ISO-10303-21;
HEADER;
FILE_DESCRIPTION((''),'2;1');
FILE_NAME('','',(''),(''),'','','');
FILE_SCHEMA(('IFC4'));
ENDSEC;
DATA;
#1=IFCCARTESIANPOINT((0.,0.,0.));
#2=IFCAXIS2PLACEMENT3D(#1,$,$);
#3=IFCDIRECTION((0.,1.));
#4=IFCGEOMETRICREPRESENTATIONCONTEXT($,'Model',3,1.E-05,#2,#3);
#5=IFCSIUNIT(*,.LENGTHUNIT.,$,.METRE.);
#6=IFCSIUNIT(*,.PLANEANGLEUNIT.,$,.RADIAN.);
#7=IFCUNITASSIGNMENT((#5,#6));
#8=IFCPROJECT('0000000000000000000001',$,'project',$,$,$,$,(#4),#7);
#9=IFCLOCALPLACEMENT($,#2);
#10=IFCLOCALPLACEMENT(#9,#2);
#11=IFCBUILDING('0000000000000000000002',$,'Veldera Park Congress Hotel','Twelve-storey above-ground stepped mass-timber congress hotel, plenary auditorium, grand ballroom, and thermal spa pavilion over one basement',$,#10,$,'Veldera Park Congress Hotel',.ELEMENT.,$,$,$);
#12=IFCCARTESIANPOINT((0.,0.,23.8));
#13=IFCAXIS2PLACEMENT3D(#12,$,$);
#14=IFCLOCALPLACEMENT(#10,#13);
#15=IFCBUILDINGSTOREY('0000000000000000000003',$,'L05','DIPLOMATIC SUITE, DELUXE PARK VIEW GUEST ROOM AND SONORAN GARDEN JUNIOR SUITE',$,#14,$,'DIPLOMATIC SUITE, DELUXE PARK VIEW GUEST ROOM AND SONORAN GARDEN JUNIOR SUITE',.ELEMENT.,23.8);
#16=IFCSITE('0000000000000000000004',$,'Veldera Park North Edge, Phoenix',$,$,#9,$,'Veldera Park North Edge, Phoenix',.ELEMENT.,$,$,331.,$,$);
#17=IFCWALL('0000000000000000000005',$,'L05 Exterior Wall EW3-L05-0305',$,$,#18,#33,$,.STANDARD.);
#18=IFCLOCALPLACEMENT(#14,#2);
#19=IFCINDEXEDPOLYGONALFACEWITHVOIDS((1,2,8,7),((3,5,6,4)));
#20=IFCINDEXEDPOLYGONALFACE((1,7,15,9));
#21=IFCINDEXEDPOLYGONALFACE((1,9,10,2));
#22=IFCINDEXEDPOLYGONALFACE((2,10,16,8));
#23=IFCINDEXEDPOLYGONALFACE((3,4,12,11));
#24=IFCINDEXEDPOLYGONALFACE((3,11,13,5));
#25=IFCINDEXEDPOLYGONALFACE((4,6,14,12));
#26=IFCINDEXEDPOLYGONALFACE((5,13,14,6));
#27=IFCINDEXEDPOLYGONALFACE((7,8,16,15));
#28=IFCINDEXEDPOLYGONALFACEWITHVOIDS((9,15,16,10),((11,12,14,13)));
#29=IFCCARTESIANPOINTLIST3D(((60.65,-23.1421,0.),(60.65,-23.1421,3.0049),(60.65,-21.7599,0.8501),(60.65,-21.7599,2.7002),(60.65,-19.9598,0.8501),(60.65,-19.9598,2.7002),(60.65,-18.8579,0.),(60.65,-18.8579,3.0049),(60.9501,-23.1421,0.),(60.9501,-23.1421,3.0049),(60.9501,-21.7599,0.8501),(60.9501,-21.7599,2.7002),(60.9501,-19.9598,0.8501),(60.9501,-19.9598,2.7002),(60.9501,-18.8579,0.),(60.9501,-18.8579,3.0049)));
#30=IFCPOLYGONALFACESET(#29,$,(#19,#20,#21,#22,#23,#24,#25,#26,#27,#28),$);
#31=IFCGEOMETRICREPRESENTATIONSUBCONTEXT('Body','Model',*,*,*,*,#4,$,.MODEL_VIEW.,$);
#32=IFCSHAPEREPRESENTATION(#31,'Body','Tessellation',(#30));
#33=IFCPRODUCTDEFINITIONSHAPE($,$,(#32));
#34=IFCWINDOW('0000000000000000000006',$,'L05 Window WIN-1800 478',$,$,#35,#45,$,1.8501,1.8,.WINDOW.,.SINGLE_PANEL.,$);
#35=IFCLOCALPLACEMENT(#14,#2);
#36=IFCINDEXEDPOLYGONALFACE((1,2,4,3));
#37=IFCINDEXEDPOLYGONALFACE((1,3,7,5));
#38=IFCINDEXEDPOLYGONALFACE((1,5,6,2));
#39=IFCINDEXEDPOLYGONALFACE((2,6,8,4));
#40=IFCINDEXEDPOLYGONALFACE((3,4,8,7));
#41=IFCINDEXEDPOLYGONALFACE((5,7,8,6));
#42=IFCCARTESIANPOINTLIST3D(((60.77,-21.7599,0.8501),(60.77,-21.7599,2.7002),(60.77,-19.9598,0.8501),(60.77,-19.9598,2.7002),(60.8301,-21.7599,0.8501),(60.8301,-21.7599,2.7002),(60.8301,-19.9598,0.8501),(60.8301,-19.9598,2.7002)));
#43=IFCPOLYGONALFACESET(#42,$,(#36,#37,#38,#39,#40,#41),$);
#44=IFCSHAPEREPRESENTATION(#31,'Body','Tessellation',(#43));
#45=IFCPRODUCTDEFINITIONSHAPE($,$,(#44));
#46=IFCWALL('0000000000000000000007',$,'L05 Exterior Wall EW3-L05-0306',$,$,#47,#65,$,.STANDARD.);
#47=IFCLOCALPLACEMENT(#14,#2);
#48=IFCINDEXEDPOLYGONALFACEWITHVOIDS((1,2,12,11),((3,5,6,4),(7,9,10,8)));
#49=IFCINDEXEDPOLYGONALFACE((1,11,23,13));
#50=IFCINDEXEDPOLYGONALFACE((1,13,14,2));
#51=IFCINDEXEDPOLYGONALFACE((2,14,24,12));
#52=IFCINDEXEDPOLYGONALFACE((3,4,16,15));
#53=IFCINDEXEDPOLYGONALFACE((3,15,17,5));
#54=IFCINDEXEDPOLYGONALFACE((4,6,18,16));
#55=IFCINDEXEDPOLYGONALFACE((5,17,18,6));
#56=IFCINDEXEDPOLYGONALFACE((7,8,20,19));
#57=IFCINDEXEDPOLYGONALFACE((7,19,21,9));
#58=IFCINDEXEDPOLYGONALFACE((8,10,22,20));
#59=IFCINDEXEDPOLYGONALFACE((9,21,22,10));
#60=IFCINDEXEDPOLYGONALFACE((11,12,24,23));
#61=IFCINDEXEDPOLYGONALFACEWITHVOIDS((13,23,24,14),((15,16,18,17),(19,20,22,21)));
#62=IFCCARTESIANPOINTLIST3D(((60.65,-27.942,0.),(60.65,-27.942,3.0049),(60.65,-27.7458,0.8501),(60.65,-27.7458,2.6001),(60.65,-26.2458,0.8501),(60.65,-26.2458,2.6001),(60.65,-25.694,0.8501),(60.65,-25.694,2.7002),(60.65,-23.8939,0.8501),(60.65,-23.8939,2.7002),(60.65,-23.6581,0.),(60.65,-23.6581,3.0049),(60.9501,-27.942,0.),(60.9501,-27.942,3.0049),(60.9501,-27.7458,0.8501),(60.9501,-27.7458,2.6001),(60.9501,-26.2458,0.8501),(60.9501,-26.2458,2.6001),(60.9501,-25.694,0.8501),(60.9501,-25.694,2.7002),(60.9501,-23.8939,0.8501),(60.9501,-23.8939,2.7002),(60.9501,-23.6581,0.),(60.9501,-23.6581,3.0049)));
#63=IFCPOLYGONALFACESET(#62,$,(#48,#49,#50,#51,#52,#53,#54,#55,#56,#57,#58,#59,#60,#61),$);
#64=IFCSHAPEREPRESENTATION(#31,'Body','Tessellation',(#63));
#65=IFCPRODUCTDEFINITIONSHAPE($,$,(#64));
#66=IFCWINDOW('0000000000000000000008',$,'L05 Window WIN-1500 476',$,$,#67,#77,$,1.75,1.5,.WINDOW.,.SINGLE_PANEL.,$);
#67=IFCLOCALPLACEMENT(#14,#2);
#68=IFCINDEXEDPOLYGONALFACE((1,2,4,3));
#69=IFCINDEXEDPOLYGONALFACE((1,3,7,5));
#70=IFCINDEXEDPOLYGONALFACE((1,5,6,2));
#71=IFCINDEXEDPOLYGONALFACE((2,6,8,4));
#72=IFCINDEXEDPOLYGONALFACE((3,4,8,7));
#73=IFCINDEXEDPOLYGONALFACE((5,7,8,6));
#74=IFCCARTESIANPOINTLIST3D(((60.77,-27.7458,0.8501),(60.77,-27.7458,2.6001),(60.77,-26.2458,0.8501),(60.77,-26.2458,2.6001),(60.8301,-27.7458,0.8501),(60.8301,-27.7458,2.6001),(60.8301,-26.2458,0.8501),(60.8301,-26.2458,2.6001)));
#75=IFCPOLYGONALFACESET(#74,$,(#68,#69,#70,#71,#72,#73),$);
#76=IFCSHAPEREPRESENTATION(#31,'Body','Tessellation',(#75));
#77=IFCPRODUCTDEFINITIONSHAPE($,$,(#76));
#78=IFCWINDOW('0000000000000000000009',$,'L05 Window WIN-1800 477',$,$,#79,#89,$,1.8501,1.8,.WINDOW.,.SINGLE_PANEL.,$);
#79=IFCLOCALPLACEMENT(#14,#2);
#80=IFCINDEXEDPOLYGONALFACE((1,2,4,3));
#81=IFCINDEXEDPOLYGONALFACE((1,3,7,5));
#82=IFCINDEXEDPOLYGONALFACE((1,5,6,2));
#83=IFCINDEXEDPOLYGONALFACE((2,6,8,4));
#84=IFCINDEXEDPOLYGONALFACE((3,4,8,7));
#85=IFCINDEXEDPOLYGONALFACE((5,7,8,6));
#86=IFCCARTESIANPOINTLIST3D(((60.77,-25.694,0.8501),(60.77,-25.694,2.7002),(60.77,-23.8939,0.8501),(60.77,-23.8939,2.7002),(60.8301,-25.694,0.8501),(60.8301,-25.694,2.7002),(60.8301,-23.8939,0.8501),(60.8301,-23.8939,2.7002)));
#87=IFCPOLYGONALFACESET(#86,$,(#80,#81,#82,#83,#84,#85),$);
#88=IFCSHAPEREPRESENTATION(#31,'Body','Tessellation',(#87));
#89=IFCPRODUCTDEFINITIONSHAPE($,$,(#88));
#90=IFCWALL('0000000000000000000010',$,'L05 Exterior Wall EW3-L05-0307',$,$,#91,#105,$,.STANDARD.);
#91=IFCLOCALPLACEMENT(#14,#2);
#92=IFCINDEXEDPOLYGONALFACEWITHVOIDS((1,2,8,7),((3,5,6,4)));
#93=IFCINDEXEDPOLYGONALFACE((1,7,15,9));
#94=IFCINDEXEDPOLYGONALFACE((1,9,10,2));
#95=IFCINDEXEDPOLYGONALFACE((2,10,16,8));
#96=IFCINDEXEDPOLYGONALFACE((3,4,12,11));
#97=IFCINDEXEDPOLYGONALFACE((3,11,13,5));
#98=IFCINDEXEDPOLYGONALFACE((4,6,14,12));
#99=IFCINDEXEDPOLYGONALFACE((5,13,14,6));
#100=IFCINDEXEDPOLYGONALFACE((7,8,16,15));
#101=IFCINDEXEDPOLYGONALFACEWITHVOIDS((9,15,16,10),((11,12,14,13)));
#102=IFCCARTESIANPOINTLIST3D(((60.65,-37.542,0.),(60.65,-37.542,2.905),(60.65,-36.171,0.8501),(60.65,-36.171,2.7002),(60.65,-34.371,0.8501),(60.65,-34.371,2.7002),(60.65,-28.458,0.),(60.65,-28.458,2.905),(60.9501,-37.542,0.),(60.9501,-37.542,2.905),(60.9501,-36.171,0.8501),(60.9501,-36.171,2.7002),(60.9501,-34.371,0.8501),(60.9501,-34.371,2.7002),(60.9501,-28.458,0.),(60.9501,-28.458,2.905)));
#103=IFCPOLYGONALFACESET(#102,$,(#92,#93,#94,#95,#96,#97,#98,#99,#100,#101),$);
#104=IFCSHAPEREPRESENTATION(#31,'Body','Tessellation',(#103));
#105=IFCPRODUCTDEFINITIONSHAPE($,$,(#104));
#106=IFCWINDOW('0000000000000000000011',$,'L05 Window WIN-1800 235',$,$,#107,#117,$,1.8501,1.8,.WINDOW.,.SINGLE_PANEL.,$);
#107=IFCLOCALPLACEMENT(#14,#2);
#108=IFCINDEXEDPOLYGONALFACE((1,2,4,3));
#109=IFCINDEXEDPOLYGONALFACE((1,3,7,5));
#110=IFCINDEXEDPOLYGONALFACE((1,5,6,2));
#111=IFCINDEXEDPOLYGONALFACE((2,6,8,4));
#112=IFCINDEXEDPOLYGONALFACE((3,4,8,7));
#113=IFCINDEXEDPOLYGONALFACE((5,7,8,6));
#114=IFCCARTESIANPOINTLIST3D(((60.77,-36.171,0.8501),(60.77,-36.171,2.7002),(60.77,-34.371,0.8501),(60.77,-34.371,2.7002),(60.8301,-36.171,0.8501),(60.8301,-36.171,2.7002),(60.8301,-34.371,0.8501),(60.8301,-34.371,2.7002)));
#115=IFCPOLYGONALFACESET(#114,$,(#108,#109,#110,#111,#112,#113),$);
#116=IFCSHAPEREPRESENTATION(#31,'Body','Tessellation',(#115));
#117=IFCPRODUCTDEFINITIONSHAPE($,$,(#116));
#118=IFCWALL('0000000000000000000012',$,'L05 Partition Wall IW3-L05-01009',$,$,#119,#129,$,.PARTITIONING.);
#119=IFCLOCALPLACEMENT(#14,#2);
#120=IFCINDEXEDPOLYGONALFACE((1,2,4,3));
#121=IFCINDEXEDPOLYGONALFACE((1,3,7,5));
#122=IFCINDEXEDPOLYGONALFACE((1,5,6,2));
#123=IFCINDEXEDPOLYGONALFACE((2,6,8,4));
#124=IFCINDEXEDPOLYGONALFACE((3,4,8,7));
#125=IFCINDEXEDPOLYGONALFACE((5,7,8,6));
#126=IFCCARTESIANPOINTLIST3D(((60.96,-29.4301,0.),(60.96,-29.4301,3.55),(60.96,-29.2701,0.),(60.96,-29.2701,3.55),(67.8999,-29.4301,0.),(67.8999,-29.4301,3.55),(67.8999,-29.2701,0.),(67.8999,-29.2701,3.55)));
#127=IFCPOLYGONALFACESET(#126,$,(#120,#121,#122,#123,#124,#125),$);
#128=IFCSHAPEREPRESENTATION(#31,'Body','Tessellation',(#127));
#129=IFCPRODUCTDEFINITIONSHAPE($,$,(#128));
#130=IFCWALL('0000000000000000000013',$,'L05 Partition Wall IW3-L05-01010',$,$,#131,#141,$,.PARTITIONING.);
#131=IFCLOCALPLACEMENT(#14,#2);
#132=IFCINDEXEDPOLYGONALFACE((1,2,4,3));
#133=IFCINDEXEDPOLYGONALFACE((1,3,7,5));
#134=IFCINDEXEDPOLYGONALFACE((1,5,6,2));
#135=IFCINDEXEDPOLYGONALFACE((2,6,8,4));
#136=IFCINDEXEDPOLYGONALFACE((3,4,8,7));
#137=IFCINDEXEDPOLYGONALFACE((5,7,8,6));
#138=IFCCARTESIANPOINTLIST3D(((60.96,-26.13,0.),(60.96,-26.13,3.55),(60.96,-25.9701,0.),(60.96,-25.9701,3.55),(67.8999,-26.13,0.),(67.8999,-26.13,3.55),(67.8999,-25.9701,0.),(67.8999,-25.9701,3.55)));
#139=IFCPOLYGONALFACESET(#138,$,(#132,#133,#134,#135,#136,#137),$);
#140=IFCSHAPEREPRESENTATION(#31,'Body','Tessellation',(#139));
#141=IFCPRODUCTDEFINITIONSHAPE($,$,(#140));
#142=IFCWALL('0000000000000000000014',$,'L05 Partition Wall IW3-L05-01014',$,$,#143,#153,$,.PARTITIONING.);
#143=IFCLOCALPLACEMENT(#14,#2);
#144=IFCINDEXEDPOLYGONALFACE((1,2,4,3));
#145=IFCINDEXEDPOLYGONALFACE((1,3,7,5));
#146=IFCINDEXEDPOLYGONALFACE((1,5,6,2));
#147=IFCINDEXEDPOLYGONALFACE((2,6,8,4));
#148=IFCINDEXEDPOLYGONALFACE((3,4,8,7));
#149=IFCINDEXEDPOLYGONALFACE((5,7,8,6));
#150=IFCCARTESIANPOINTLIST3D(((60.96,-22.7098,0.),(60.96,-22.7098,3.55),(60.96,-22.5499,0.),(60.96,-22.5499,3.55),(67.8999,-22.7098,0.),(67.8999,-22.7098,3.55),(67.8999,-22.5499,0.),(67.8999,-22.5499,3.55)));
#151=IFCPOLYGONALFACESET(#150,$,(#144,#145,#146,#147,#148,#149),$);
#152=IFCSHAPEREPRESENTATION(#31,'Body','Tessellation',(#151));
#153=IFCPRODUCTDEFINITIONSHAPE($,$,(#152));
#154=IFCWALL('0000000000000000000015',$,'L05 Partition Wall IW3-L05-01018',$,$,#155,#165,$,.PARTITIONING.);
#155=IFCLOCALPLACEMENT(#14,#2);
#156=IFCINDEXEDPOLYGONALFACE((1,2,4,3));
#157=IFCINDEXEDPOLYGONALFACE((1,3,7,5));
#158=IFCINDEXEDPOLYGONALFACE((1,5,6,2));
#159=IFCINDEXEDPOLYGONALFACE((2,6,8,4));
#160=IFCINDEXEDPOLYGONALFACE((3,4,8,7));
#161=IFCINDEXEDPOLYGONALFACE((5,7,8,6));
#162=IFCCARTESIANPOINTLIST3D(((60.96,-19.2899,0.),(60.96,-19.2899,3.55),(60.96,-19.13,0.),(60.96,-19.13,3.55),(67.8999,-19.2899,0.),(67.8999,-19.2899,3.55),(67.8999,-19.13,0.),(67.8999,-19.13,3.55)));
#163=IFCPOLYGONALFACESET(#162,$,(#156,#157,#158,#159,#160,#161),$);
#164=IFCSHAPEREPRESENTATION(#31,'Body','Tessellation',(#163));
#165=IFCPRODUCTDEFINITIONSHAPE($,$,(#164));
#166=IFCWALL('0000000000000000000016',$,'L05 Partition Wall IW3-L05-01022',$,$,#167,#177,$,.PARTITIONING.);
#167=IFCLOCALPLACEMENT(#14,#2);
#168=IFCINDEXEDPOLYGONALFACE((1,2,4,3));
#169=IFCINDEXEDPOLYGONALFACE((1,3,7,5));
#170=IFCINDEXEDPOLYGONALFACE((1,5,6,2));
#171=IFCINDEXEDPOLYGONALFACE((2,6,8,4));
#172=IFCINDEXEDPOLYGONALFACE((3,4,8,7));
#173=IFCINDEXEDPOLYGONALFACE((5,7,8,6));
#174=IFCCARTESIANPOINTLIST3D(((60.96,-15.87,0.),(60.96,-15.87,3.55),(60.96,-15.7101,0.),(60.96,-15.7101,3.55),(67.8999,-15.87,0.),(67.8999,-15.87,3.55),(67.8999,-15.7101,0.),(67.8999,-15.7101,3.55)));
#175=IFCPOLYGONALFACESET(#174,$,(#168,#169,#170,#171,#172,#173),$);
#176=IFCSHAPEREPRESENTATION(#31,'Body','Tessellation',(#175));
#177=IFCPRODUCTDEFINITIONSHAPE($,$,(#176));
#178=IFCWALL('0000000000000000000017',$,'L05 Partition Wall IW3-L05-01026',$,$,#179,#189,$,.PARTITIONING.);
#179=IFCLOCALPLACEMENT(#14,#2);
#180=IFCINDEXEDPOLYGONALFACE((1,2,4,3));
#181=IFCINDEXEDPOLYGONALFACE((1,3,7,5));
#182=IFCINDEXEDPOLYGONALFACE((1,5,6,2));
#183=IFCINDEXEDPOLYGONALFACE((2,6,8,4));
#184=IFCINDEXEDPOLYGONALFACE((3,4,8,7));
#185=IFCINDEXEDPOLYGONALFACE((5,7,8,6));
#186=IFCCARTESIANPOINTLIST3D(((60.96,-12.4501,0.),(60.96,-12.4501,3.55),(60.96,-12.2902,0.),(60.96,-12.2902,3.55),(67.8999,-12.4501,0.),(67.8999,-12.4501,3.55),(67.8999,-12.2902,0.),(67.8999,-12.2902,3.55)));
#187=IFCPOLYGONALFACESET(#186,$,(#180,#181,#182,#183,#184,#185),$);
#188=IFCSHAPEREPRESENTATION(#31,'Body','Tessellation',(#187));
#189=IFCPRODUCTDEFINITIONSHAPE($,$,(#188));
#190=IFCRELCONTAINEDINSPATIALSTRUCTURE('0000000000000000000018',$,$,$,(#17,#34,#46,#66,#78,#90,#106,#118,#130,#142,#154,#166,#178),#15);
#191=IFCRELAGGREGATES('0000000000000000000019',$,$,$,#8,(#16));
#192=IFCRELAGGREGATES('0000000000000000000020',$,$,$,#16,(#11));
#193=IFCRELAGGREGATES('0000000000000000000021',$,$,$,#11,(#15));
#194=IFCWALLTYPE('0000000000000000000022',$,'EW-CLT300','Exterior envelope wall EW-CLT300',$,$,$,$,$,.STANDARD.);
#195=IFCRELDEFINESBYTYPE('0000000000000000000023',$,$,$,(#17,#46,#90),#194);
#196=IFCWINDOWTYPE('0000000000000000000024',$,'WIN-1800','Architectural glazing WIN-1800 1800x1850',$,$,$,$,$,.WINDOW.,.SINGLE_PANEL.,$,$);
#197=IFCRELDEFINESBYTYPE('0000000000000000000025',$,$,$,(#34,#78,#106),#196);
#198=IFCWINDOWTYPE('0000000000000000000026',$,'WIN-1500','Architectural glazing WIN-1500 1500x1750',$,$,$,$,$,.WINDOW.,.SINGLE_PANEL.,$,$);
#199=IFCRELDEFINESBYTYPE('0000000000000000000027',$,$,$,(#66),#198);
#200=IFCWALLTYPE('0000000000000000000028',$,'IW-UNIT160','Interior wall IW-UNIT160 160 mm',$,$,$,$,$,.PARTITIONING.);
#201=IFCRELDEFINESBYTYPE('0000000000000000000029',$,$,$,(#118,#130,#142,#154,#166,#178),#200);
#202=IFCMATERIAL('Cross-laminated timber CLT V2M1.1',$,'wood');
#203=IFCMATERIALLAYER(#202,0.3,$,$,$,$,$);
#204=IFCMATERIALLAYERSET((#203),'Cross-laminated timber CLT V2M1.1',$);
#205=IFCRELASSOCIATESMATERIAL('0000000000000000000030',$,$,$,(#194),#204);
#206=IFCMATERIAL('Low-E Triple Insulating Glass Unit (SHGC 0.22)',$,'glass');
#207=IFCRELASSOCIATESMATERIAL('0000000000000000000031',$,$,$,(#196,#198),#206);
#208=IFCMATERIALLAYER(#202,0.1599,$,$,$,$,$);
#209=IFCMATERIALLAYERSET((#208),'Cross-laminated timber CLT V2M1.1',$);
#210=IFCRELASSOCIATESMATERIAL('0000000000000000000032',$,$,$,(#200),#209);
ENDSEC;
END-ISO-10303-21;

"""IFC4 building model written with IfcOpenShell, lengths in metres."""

from ifc_helpers import new_model, si_unit, direction, frame, frame_2d, origin, place, context, subcontext, project, spatial, rectangle, extrude, material, layer, layer_set, type_object, element, fill, save


model = new_model("IFC4")

# Units and contexts
model_context = context("Model", 3, precision=1e-05, world=origin(), true_north=direction((0.0, 1.0)))
body_context = subcontext(model_context, "Body", "Model", "MODEL_VIEW")
ifc_project = project(units=[si_unit("LENGTHUNIT", "METRE"), si_unit("PLANEANGLEUNIT", "RADIAN")], contexts=[model_context])

# Site, building, storey
site_placement = place(None, origin())
site = spatial("IfcSite", under=ifc_project, at=site_placement, Name="Veldera Park North Edge, Phoenix", LongName="Veldera Park North Edge, Phoenix", CompositionType="ELEMENT", RefElevation=331.0)
building_placement = place(site_placement, origin())
building = spatial("IfcBuilding", under=site, at=building_placement, Name="Veldera Park Congress Hotel", Description="Twelve-storey above-ground stepped mass-timber congress hotel, plenary auditorium, grand ballroom, and thermal spa pavilion over one basement", LongName="Veldera Park Congress Hotel", CompositionType="ELEMENT")
storey_placement = place(building_placement, frame((0.0, 0.0, 23.8)))
storey = spatial("IfcBuildingStorey", under=building, at=storey_placement, Name="L05", Description="DIPLOMATIC SUITE, DELUXE PARK VIEW GUEST ROOM AND SONORAN GARDEN JUNIOR SUITE", LongName="DIPLOMATIC SUITE, DELUXE PARK VIEW GUEST ROOM AND SONORAN GARDEN JUNIOR SUITE", CompositionType="ELEMENT", Elevation=23.8)

# Shared definitions
ifc_material_1 = material(Name="Cross-laminated timber CLT V2M1.1", Category="wood")
ifc_layer_1 = layer(ifc_material_1, 0.3)
ifc_layer_set_1 = layer_set([ifc_layer_1], Name="Cross-laminated timber CLT V2M1.1")
wall_type_1 = type_object("IfcWallType", Name="EW-CLT300", Description="Exterior envelope wall EW-CLT300", PredefinedType="STANDARD", material=ifc_layer_set_1)
ifc_material_2 = material(Name="Low-E Triple Insulating Glass Unit (SHGC 0.22)", Category="glass")
window_type_1 = type_object("IfcWindowType", Name="WIN-1800", Description="Architectural glazing WIN-1800 1800x1850", PartitioningType="SINGLE_PANEL", PredefinedType="WINDOW", material=ifc_material_2)

# Wall, opening, window
wall_1_placement = place(storey_placement, frame((60.8, -18.8579, 0.0), z_axis=(0.0, 0.0, 1.0), x_axis=(0.0, -1.0, 0.0)))
wall_1 = element("IfcWall", 1, at=wall_1_placement, inside=storey, type_object=wall_type_1, Name="L05 Exterior Wall EW3-L05-0305", PredefinedType="STANDARD", context=body_context, shape_type="SweptSolid", body=[
    extrude(rectangle(XDim=4.2842, YDim=0.3, at=frame_2d((2.1421, 0.0))), origin(), (0.0, 0.0, 1.0), 3.0049),
])
opening_1_placement = place(wall_1_placement, frame((1.1021, 0.0, 0.8501)))
opening_1 = element("IfcOpeningElement", 2, at=opening_1_placement, cuts=wall_1, PredefinedType="OPENING", context=body_context, shape_type="SweptSolid", body=[
    extrude(rectangle(XDim=1.8, YDim=1.8501, at=frame_2d((0.8999, 0.925))), frame((0.0, 0.1621, 0.0), z_axis=(0.0, -1.0, 0.0), x_axis=(1.0, 0.0, 0.0)), (0.0, 0.0, 1.0), 0.324),
])
window_1_placement = place(opening_1_placement, origin())
window_1 = element("IfcWindow", 3, at=window_1_placement, inside=storey, type_object=window_type_1, Name="L05 Window WIN-1800 478", OverallHeight=1.8501, OverallWidth=1.8, PartitioningType="SINGLE_PANEL", PredefinedType="WINDOW", context=body_context, shape_type="SweptSolid", body=[
    extrude(rectangle(XDim=1.8, YDim=1.8501, at=frame_2d((0.8999, 0.925))), frame((0.0, 0.03, 0.0), z_axis=(0.0, -1.0, 0.0), x_axis=(1.0, 0.0, 0.0)), (0.0, 0.0, 1.0), 0.0601),
])
fill(opening_1, window_1)

# Wall, openings, windows
wall_2_placement = place(storey_placement, frame((60.8, -23.658, 0.0), z_axis=(0.0, 0.0, 1.0), x_axis=(0.0, -1.0, 0.0)))
wall_2 = element("IfcWall", 4, at=wall_2_placement, inside=storey, type_object=wall_type_1, Name="L05 Exterior Wall EW3-L05-0306", PredefinedType="STANDARD", context=body_context, shape_type="SweptSolid", body=[
    extrude(rectangle(XDim=4.2839, YDim=0.3, at=frame_2d((2.1421, 0.0))), origin(), (0.0, 0.0, 1.0), 3.0049),
])
opening_2_placement = place(wall_2_placement, frame((2.5879, 0.0, 0.8501)))
opening_2 = element("IfcOpeningElement", 5, at=opening_2_placement, cuts=wall_2, PredefinedType="OPENING", context=body_context, shape_type="SweptSolid", body=[
    extrude(rectangle(XDim=1.5, YDim=1.75, at=frame_2d((0.75, 0.875))), frame((0.0, 0.1621, 0.0), z_axis=(0.0, -1.0, 0.0), x_axis=(1.0, 0.0, 0.0)), (0.0, 0.0, 1.0), 0.324),
])
opening_3_placement = place(wall_2_placement, frame((0.2361, 0.0, 0.8501)))
opening_3 = element("IfcOpeningElement", 6, at=opening_3_placement, cuts=wall_2, PredefinedType="OPENING", context=body_context, shape_type="SweptSolid", body=[
    extrude(rectangle(XDim=1.8, YDim=1.8501, at=frame_2d((0.8999, 0.925))), frame((0.0, 0.1621, 0.0), z_axis=(0.0, -1.0, 0.0), x_axis=(1.0, 0.0, 0.0)), (0.0, 0.0, 1.0), 0.324),
])
window_type_2 = type_object("IfcWindowType", Name="WIN-1500", Description="Architectural glazing WIN-1500 1500x1750", PartitioningType="SINGLE_PANEL", PredefinedType="WINDOW", material=ifc_material_2)
window_2_placement = place(opening_2_placement, origin())
window_2 = element("IfcWindow", 7, at=window_2_placement, inside=storey, type_object=window_type_2, Name="L05 Window WIN-1500 476", OverallHeight=1.75, OverallWidth=1.5, PartitioningType="SINGLE_PANEL", PredefinedType="WINDOW", context=body_context, shape_type="SweptSolid", body=[
    extrude(rectangle(XDim=1.5, YDim=1.75, at=frame_2d((0.75, 0.875))), frame((0.0, 0.03, 0.0), z_axis=(0.0, -1.0, 0.0), x_axis=(1.0, 0.0, 0.0)), (0.0, 0.0, 1.0), 0.0601),
])
fill(opening_2, window_2)
window_3_placement = place(opening_3_placement, origin())
window_3 = element("IfcWindow", 8, at=window_3_placement, inside=storey, type_object=window_type_1, Name="L05 Window WIN-1800 477", OverallHeight=1.8501, OverallWidth=1.8, PartitioningType="SINGLE_PANEL", PredefinedType="WINDOW", context=body_context, shape_type="SweptSolid", body=[
    extrude(rectangle(XDim=1.8, YDim=1.8501, at=frame_2d((0.8999, 0.925))), frame((0.0, 0.03, 0.0), z_axis=(0.0, -1.0, 0.0), x_axis=(1.0, 0.0, 0.0)), (0.0, 0.0, 1.0), 0.0601),
])
fill(opening_3, window_3)

# Wall, opening, window
wall_3_placement = place(storey_placement, frame((60.8, -28.458, 0.0), z_axis=(0.0, 0.0, 1.0), x_axis=(0.0, -1.0, 0.0)))
wall_3 = element("IfcWall", 9, at=wall_3_placement, inside=storey, type_object=wall_type_1, Name="L05 Exterior Wall EW3-L05-0307", PredefinedType="STANDARD", context=body_context, shape_type="SweptSolid", body=[
    extrude(rectangle(XDim=9.084, YDim=0.3, at=frame_2d((4.542, 0.0))), origin(), (0.0, 0.0, 1.0), 2.905),
])
opening_4_placement = place(wall_3_placement, frame((5.9131, 0.0, 0.8501)))
opening_4 = element("IfcOpeningElement", 10, at=opening_4_placement, cuts=wall_3, PredefinedType="OPENING", context=body_context, shape_type="SweptSolid", body=[
    extrude(rectangle(XDim=1.8, YDim=1.8501, at=frame_2d((0.8999, 0.925))), frame((0.0, 0.1621, 0.0), z_axis=(0.0, -1.0, 0.0), x_axis=(1.0, 0.0, 0.0)), (0.0, 0.0, 1.0), 0.324),
])
window_4_placement = place(opening_4_placement, origin())
window_4 = element("IfcWindow", 11, at=window_4_placement, inside=storey, type_object=window_type_1, Name="L05 Window WIN-1800 235", OverallHeight=1.8501, OverallWidth=1.8, PartitioningType="SINGLE_PANEL", PredefinedType="WINDOW", context=body_context, shape_type="SweptSolid", body=[
    extrude(rectangle(XDim=1.8, YDim=1.8501, at=frame_2d((0.8999, 0.925))), frame((0.0, 0.03, 0.0), z_axis=(0.0, -1.0, 0.0), x_axis=(1.0, 0.0, 0.0)), (0.0, 0.0, 1.0), 0.0601),
])
fill(opening_4, window_4)

# Walls
ifc_layer_2 = layer(ifc_material_1, 0.1599)
ifc_layer_set_2 = layer_set([ifc_layer_2], Name="Cross-laminated timber CLT V2M1.1")
wall_type_2 = type_object("IfcWallType", Name="IW-UNIT160", Description="Interior wall IW-UNIT160 160 mm", PredefinedType="PARTITIONING", material=ifc_layer_set_2)
for number, where, z_axis, x_axis, name in (
    (12, (60.96, -29.3501, 0.0), (0.0, 0.0, 1.0), (1.0, 0.0, 0.0), "L05 Partition Wall IW3-L05-01009"),
    (13, (60.96, -26.05, 0.0), (0.0, 0.0, 1.0), (1.0, 0.0, 0.0), "L05 Partition Wall IW3-L05-01010"),
    (14, (60.96, -22.6299, 0.0), (0.0, 0.0, 1.0), (1.0, 0.0, 0.0), "L05 Partition Wall IW3-L05-01014"),
    (15, (60.96, -19.21, 0.0), (0.0, 0.0, 1.0), (1.0, 0.0, 0.0), "L05 Partition Wall IW3-L05-01018"),
    (16, (60.96, -15.79, 0.0), (0.0, 0.0, 1.0), (1.0, 0.0, 0.0), "L05 Partition Wall IW3-L05-01022"),
    (17, (60.96, -12.3701, 0.0), (0.0, 0.0, 1.0), (1.0, 0.0, 0.0), "L05 Partition Wall IW3-L05-01026"),
):
    element("IfcWall", number, at=place(storey_placement, frame(where, z_axis=z_axis, x_axis=x_axis)), inside=storey, type_object=wall_type_2, Name=name, PredefinedType="PARTITIONING", context=body_context, shape_type="SweptSolid", body=[
        extrude(rectangle(XDim=6.9399, YDim=0.1599, at=frame_2d((3.47, 0.0))), origin(), (0.0, 0.0, 1.0), 3.55),
    ])

save(model, "model.ifc")
